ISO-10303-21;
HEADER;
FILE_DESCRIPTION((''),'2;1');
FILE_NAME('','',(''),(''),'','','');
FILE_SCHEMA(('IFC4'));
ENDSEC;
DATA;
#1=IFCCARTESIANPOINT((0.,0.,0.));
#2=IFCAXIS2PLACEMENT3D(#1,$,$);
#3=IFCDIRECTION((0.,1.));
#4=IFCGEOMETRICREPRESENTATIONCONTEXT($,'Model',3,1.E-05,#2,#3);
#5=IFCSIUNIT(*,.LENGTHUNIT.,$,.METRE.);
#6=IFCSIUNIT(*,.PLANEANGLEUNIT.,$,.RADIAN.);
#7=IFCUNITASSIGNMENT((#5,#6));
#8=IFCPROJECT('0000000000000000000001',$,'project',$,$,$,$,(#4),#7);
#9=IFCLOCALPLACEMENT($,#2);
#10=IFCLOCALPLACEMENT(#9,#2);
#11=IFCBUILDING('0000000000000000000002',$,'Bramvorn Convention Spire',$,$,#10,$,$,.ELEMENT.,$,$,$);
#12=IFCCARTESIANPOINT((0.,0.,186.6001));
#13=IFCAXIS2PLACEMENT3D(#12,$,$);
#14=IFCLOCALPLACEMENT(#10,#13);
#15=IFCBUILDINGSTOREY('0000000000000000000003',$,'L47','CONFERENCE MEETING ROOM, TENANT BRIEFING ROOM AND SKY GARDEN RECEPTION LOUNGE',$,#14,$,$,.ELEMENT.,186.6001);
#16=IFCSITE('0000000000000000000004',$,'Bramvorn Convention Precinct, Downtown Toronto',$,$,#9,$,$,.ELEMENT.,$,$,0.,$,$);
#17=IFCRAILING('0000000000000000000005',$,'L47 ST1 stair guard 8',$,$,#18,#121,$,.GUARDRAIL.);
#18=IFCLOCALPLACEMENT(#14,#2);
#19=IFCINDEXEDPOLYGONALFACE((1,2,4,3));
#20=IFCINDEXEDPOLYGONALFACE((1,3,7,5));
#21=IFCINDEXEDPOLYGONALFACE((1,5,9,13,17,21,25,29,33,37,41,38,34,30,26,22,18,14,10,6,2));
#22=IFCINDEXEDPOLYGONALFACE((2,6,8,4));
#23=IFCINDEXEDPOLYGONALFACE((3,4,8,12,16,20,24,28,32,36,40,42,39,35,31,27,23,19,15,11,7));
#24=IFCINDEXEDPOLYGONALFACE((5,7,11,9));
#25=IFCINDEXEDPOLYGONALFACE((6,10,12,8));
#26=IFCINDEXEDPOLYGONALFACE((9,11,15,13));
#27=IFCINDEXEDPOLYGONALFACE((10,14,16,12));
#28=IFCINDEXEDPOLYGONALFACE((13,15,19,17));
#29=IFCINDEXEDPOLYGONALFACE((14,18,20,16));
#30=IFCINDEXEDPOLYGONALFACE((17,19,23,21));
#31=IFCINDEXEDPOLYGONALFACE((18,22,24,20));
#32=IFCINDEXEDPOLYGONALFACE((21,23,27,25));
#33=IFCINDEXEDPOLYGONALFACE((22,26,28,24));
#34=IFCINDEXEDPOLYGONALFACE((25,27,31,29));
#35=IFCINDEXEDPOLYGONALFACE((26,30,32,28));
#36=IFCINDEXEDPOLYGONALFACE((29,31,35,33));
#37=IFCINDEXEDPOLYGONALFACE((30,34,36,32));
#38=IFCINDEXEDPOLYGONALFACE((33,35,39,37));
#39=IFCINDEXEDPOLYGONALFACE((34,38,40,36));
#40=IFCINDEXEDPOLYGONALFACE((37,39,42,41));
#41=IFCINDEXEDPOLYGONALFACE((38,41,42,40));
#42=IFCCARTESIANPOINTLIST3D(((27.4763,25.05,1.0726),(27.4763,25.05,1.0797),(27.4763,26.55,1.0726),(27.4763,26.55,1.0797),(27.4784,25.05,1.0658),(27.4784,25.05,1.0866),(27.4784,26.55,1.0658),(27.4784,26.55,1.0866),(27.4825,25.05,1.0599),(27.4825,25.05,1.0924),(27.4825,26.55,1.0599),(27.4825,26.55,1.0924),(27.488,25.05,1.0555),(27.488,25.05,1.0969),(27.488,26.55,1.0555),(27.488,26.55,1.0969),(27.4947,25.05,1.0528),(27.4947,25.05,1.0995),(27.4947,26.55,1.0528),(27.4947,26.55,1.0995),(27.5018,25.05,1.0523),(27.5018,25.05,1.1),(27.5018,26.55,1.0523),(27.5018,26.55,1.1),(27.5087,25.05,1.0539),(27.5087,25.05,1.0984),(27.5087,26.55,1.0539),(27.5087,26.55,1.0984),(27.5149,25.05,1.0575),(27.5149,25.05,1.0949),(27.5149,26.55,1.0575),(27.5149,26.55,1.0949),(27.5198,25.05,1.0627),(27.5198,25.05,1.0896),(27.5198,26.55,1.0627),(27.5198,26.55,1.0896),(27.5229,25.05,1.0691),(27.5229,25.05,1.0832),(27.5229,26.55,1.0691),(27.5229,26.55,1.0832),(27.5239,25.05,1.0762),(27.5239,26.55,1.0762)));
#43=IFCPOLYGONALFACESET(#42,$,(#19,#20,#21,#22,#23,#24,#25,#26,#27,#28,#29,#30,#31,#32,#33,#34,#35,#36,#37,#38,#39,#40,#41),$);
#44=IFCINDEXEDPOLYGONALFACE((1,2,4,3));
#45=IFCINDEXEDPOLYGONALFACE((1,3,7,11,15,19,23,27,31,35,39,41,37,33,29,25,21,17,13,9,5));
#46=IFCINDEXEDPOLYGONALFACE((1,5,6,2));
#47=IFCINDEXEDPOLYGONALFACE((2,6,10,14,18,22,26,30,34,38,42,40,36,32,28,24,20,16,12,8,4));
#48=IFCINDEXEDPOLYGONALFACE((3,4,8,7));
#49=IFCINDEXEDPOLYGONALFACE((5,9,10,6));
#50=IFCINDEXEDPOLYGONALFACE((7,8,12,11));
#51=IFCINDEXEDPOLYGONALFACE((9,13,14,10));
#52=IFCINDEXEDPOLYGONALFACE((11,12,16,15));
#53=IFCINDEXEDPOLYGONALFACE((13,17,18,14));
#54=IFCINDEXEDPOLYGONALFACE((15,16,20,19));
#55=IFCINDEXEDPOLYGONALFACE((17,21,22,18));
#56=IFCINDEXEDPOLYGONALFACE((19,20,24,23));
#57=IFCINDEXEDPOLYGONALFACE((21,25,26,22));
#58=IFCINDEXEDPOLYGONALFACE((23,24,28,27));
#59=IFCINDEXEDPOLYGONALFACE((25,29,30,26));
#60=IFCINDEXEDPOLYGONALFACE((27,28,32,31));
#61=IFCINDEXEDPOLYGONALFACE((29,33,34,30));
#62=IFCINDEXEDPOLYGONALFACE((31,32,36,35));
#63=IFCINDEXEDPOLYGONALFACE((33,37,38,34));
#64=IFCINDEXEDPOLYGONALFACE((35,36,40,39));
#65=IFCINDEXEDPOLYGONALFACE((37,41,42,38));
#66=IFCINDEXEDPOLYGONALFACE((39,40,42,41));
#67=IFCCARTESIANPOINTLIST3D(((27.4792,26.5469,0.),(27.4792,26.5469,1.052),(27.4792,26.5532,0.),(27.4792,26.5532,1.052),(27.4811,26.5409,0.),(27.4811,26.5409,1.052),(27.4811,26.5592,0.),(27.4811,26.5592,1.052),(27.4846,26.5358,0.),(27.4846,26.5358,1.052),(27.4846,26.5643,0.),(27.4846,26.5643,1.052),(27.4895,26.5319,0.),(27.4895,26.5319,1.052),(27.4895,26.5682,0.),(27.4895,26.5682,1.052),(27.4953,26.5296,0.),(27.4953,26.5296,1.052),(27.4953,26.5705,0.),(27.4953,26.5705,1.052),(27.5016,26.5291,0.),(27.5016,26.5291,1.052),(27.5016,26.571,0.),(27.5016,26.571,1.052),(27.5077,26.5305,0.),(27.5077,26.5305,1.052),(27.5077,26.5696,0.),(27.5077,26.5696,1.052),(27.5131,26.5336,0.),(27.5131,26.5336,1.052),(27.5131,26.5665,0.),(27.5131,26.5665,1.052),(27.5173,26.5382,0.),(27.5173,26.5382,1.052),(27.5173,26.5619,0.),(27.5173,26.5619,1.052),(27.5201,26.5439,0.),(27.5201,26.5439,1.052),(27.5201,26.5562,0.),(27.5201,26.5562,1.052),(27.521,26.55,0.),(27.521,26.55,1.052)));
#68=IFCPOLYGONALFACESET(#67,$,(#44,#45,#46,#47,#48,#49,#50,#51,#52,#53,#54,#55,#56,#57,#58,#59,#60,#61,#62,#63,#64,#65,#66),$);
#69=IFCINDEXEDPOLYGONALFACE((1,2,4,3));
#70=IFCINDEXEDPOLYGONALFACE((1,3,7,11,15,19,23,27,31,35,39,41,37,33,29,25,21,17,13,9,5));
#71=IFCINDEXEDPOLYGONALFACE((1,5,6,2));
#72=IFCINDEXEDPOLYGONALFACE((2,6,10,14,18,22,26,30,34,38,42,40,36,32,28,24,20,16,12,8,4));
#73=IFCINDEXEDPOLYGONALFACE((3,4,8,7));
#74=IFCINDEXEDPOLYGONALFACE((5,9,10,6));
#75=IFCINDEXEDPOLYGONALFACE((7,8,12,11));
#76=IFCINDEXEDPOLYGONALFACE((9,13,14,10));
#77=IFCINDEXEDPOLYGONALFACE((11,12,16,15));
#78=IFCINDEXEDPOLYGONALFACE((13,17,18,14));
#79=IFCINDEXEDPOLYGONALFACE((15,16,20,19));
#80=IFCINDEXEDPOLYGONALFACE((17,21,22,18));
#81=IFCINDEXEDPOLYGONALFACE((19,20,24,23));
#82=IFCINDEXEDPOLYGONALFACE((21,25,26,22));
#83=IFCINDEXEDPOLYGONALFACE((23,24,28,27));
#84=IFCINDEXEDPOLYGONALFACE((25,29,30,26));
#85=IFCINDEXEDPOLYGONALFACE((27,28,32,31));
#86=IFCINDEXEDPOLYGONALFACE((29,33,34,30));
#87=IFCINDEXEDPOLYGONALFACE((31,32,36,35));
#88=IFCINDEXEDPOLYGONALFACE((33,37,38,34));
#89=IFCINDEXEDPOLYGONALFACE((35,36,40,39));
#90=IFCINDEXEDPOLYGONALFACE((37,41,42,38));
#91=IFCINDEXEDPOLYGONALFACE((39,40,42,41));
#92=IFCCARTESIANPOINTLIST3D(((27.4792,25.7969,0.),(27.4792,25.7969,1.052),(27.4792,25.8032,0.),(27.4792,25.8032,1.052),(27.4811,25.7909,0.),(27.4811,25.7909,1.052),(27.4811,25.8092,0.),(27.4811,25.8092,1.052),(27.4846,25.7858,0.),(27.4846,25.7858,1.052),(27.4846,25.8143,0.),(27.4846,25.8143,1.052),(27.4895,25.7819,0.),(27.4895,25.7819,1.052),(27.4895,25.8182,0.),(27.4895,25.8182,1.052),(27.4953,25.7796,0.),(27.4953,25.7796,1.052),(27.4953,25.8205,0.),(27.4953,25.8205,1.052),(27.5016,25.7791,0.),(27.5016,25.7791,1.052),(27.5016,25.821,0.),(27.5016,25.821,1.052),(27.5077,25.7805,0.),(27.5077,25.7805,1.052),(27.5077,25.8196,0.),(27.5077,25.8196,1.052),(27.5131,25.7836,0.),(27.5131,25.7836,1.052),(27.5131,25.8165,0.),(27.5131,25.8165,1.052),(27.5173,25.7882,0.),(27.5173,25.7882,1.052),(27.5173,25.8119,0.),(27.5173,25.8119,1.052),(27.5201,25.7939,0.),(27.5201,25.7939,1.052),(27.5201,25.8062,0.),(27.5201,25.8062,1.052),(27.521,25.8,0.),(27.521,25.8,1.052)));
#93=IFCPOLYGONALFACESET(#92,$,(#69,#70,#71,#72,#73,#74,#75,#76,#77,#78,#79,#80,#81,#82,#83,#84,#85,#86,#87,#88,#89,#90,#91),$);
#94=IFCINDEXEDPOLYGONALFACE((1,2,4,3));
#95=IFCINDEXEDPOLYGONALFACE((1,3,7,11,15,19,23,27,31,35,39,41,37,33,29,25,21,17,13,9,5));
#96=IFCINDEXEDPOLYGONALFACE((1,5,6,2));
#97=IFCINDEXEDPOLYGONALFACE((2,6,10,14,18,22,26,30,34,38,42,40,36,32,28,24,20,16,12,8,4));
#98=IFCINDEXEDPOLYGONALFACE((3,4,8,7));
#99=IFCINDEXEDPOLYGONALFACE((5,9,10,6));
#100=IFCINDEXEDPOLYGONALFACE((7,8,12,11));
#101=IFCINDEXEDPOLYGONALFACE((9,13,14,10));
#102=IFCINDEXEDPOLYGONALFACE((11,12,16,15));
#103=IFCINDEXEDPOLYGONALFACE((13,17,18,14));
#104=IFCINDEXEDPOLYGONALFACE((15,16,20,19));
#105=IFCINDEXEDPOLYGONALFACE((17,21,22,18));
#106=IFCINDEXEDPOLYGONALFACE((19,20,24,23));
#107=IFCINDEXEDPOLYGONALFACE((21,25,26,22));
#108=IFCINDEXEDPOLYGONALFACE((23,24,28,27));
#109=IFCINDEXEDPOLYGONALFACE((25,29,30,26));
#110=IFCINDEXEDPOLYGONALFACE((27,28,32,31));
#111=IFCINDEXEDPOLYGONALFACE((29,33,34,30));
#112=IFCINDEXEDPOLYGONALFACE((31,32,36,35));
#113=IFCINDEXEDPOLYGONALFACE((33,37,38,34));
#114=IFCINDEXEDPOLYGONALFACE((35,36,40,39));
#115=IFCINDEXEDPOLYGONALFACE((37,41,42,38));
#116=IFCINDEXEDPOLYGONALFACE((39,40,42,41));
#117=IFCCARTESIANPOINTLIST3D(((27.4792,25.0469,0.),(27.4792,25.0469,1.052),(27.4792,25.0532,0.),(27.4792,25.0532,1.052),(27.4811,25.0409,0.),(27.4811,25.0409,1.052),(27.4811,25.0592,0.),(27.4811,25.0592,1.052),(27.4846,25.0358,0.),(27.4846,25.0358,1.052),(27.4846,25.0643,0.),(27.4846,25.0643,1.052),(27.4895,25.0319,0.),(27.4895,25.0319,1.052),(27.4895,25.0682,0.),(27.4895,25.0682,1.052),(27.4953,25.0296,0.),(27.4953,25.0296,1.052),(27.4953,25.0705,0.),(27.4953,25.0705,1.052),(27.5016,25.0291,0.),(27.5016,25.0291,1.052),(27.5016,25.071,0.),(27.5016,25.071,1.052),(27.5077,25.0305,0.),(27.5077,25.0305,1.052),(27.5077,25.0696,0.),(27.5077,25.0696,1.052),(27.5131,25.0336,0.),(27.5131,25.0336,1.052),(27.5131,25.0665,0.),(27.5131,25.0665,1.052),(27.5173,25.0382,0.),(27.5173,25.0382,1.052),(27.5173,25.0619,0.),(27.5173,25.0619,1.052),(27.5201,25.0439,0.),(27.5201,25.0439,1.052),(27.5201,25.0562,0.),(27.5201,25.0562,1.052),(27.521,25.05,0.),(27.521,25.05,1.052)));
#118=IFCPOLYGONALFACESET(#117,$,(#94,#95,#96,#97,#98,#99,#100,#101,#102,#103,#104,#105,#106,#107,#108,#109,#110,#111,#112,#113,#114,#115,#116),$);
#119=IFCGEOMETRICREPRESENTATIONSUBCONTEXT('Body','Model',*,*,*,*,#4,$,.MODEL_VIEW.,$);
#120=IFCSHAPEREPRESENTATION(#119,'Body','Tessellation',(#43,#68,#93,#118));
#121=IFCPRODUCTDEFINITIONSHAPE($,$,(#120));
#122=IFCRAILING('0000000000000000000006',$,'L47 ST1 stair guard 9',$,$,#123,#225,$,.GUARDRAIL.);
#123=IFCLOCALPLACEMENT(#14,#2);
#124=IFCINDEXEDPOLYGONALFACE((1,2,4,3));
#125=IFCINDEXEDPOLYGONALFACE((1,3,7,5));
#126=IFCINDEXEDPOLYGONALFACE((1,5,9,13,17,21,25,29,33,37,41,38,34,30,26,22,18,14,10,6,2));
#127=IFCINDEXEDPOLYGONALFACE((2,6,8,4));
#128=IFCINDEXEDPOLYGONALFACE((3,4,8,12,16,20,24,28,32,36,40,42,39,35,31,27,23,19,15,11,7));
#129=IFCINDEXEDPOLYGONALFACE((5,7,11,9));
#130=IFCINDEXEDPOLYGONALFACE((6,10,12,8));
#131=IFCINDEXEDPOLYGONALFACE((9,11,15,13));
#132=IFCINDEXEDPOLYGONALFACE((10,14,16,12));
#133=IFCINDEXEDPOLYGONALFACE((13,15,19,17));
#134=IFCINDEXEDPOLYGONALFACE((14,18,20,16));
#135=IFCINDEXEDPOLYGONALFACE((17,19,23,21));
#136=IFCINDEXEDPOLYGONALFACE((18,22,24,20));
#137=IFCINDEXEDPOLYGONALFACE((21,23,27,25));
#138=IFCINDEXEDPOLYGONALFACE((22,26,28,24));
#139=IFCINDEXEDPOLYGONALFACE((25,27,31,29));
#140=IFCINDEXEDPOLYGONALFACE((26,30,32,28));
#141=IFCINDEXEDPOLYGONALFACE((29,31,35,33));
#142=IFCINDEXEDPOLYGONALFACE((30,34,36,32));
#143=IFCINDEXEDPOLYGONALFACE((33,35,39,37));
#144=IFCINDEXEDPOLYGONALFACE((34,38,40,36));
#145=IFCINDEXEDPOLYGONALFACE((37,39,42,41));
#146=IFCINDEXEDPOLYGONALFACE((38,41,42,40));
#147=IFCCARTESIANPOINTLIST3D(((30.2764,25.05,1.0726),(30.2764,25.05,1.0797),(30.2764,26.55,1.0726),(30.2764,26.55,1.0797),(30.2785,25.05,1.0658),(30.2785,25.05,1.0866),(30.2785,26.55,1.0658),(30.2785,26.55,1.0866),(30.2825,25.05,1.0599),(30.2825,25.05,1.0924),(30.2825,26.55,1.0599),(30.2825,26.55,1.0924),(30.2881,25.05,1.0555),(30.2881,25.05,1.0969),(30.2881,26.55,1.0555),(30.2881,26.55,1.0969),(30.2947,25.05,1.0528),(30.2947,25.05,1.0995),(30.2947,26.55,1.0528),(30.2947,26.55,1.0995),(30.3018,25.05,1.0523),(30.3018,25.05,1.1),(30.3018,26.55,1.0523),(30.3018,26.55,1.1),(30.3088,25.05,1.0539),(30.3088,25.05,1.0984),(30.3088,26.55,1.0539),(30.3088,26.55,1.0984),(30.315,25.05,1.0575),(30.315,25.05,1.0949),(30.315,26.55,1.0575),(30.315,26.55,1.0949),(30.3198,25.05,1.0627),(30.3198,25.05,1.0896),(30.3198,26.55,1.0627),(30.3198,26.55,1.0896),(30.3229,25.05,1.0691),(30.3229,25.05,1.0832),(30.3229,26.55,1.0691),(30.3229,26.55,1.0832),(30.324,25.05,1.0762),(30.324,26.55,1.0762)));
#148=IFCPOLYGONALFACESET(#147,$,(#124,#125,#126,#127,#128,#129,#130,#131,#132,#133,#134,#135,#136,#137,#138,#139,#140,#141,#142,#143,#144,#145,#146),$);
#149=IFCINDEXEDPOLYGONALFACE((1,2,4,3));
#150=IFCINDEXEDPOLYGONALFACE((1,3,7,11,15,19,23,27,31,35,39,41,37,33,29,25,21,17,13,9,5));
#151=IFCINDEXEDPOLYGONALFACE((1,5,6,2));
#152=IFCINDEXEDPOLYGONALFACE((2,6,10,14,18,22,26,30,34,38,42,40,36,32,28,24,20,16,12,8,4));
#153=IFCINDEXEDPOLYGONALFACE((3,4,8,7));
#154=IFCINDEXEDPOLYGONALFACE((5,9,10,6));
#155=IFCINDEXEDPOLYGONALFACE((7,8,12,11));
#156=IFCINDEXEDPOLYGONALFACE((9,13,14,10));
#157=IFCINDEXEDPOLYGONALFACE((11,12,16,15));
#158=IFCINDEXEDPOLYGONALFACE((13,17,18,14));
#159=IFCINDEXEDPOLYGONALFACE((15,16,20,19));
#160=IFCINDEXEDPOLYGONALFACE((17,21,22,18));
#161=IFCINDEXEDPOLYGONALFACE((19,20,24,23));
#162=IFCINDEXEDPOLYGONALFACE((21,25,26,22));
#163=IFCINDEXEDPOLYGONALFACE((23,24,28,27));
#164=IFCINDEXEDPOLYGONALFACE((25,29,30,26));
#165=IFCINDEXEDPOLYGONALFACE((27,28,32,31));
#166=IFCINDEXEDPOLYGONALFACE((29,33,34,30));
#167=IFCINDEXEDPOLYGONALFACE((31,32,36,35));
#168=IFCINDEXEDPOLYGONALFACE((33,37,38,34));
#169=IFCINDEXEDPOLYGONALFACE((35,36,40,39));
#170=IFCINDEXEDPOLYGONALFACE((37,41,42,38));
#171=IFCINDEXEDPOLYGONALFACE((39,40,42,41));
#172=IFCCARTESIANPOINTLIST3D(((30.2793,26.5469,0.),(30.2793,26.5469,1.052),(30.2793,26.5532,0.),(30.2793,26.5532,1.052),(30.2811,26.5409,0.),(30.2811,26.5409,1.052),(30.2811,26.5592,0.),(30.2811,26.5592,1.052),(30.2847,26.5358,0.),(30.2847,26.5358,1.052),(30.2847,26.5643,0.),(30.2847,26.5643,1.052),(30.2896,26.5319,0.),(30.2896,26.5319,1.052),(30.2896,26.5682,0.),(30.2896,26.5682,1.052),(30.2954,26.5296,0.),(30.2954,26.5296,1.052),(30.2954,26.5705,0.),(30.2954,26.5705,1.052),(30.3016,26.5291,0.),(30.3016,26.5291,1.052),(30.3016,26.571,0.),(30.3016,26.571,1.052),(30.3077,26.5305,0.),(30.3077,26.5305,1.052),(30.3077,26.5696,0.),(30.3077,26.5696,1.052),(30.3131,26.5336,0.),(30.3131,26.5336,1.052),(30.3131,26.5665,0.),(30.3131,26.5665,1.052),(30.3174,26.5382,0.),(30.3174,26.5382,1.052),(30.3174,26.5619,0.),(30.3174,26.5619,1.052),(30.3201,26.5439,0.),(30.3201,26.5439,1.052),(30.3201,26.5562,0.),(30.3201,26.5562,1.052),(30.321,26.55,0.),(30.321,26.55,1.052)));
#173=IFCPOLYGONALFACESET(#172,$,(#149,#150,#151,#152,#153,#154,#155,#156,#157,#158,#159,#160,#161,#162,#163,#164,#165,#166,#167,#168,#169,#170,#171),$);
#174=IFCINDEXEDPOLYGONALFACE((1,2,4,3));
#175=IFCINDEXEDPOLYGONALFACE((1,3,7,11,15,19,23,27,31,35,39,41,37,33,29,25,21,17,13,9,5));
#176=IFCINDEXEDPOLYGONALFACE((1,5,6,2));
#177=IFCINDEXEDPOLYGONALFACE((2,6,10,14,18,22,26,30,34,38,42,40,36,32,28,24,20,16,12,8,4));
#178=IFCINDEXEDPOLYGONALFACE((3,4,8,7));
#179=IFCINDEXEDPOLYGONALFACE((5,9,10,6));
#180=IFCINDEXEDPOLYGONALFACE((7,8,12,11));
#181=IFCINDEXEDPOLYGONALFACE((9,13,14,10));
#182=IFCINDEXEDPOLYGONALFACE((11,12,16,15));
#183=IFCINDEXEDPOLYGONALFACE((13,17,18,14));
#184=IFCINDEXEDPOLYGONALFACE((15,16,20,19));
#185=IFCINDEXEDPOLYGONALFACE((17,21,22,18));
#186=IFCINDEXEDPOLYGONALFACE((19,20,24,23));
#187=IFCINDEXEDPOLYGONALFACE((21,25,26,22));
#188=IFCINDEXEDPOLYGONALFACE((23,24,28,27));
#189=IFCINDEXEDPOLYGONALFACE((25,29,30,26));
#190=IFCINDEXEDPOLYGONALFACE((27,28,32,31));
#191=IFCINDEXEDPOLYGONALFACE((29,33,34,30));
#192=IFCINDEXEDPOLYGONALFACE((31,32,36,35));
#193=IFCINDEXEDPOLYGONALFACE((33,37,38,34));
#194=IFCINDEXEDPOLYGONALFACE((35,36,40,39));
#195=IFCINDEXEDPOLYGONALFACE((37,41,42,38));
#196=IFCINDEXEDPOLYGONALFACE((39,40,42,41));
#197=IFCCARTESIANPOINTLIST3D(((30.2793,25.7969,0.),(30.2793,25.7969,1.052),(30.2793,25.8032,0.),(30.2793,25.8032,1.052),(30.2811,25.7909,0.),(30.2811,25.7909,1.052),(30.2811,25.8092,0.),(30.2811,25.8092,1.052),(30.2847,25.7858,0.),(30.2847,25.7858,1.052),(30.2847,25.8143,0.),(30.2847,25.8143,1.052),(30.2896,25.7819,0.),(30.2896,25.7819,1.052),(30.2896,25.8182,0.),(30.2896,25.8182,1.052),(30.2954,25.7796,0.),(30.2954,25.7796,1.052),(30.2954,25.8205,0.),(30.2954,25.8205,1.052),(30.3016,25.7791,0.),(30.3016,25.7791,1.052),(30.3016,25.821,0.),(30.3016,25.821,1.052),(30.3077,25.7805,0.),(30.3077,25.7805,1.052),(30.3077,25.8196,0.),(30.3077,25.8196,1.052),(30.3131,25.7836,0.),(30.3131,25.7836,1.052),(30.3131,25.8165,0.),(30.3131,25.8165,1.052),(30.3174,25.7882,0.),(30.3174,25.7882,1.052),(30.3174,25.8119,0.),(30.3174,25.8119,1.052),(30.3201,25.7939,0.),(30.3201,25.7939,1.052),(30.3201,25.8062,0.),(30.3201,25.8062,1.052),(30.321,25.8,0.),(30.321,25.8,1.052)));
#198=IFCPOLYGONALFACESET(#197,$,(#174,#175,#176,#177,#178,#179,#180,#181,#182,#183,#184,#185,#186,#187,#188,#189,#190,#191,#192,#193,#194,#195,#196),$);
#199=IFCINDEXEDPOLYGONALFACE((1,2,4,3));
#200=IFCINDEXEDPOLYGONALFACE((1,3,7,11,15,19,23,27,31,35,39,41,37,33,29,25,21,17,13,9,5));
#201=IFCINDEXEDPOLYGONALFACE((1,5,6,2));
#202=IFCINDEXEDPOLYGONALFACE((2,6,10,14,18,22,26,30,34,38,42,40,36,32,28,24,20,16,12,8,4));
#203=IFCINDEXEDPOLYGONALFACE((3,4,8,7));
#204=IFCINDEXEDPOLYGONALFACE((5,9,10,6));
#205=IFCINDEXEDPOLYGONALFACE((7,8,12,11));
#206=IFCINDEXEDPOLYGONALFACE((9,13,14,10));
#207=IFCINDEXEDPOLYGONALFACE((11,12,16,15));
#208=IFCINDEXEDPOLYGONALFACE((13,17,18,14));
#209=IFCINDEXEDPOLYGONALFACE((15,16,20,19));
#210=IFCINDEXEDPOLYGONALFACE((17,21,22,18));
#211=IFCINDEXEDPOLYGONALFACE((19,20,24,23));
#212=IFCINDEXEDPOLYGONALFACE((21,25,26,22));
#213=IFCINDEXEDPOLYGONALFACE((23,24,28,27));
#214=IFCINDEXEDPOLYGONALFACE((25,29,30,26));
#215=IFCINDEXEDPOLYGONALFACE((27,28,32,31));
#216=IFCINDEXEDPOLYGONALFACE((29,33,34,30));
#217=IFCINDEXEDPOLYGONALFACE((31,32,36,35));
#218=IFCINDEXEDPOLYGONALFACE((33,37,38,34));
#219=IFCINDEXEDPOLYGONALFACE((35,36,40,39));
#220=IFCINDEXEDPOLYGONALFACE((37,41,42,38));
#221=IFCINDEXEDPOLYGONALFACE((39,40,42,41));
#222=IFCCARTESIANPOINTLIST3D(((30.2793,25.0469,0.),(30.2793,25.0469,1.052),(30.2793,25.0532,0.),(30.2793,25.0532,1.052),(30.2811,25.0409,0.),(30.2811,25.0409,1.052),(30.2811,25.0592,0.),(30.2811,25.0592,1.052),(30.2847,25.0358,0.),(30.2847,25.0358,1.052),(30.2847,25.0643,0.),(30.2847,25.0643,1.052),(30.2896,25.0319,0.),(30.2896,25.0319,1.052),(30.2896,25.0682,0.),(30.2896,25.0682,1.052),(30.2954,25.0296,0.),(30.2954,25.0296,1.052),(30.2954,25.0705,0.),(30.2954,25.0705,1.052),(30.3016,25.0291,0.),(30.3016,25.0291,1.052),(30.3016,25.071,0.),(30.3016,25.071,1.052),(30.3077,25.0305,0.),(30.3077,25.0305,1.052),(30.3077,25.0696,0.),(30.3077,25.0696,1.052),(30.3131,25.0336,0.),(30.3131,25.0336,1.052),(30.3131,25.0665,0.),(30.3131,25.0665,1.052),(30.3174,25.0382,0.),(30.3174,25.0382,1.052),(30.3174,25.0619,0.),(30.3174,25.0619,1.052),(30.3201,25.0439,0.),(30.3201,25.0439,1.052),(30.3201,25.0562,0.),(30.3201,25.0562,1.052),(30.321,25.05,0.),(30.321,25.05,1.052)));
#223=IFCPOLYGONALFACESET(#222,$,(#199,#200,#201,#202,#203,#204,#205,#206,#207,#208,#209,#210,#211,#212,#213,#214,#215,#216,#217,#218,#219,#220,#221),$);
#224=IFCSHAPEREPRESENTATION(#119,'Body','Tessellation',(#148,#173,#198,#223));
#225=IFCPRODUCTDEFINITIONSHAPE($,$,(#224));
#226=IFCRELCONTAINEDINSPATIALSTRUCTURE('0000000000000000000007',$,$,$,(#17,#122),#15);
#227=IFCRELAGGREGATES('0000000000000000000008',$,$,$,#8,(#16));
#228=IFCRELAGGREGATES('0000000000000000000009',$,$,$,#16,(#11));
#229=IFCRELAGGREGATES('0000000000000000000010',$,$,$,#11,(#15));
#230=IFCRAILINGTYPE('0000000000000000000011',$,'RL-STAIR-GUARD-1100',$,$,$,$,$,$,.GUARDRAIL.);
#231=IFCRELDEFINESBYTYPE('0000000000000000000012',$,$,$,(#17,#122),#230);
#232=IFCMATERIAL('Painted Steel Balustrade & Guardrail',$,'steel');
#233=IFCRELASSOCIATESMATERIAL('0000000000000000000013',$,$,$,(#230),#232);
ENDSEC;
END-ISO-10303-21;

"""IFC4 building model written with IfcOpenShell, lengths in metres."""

from ifc_helpers import new_model, si_unit, direction, frame, origin, origin_2d, place, context, subcontext, project, spatial, circle, extrude, material, type_object, element, save


model = new_model("IFC4")

# Units and contexts
model_context = context("Model", 3, precision=1e-05, world=origin(), true_north=direction((0.0, 1.0)))
body_context = subcontext(model_context, "Body", "Model", "MODEL_VIEW")
ifc_project = project(units=[si_unit("LENGTHUNIT", "METRE"), si_unit("PLANEANGLEUNIT", "RADIAN")], contexts=[model_context])

# Site, building, storey
site_placement = place(None, origin())
site = spatial("IfcSite", under=ifc_project, at=site_placement, Name="Bramvorn Convention Precinct, Downtown Toronto", CompositionType="ELEMENT", RefElevation=0.0)
building_placement = place(site_placement, origin())
building = spatial("IfcBuilding", under=site, at=building_placement, Name="Bramvorn Convention Spire", CompositionType="ELEMENT")
storey_placement = place(building_placement, frame((0.0, 0.0, 186.6001)))
storey = spatial("IfcBuildingStorey", under=building, at=storey_placement, Name="L47", Description="CONFERENCE MEETING ROOM, TENANT BRIEFING ROOM AND SKY GARDEN RECEPTION LOUNGE", CompositionType="ELEMENT", Elevation=186.6001)

# Railings
ifc_material_1 = material(Name="Painted Steel Balustrade & Guardrail", Category="steel")
railing_type = type_object("IfcRailingType", Name="RL-STAIR-GUARD-1100", PredefinedType="GUARDRAIL", material=ifc_material_1)
for number, where, name in (
    (1, (27.5, 26.55, 0.0), "L47 ST1 stair guard 8"),
    (2, (30.3, 26.55, 0.0), "L47 ST1 stair guard 9"),
):
    element("IfcRailing", number, at=place(storey_placement, frame(where)), inside=storey, type_object=railing_type, Name=name, PredefinedType="GUARDRAIL", context=body_context, shape_type="SweptSolid", body=[
        extrude(circle(Radius=0.0239, at=origin_2d()), frame((0.0, 0.0, 1.0762), z_axis=(0.0, -1.0, 0.0), x_axis=(1.0, 0.0, 0.0)), (0.0, 0.0, 1.0), 1.5),
        extrude(circle(Radius=0.021, at=origin_2d()), origin(), (0.0, 0.0, 1.0), 1.052),
        extrude(circle(Radius=0.021, at=origin_2d()), frame((0.0, -0.75, 0.0)), (0.0, 0.0, 1.0), 1.052),
        extrude(circle(Radius=0.021, at=origin_2d()), frame((0.0, -1.5, 0.0)), (0.0, 0.0, 1.0), 1.052),
    ])

save(model, "model.ifc")
